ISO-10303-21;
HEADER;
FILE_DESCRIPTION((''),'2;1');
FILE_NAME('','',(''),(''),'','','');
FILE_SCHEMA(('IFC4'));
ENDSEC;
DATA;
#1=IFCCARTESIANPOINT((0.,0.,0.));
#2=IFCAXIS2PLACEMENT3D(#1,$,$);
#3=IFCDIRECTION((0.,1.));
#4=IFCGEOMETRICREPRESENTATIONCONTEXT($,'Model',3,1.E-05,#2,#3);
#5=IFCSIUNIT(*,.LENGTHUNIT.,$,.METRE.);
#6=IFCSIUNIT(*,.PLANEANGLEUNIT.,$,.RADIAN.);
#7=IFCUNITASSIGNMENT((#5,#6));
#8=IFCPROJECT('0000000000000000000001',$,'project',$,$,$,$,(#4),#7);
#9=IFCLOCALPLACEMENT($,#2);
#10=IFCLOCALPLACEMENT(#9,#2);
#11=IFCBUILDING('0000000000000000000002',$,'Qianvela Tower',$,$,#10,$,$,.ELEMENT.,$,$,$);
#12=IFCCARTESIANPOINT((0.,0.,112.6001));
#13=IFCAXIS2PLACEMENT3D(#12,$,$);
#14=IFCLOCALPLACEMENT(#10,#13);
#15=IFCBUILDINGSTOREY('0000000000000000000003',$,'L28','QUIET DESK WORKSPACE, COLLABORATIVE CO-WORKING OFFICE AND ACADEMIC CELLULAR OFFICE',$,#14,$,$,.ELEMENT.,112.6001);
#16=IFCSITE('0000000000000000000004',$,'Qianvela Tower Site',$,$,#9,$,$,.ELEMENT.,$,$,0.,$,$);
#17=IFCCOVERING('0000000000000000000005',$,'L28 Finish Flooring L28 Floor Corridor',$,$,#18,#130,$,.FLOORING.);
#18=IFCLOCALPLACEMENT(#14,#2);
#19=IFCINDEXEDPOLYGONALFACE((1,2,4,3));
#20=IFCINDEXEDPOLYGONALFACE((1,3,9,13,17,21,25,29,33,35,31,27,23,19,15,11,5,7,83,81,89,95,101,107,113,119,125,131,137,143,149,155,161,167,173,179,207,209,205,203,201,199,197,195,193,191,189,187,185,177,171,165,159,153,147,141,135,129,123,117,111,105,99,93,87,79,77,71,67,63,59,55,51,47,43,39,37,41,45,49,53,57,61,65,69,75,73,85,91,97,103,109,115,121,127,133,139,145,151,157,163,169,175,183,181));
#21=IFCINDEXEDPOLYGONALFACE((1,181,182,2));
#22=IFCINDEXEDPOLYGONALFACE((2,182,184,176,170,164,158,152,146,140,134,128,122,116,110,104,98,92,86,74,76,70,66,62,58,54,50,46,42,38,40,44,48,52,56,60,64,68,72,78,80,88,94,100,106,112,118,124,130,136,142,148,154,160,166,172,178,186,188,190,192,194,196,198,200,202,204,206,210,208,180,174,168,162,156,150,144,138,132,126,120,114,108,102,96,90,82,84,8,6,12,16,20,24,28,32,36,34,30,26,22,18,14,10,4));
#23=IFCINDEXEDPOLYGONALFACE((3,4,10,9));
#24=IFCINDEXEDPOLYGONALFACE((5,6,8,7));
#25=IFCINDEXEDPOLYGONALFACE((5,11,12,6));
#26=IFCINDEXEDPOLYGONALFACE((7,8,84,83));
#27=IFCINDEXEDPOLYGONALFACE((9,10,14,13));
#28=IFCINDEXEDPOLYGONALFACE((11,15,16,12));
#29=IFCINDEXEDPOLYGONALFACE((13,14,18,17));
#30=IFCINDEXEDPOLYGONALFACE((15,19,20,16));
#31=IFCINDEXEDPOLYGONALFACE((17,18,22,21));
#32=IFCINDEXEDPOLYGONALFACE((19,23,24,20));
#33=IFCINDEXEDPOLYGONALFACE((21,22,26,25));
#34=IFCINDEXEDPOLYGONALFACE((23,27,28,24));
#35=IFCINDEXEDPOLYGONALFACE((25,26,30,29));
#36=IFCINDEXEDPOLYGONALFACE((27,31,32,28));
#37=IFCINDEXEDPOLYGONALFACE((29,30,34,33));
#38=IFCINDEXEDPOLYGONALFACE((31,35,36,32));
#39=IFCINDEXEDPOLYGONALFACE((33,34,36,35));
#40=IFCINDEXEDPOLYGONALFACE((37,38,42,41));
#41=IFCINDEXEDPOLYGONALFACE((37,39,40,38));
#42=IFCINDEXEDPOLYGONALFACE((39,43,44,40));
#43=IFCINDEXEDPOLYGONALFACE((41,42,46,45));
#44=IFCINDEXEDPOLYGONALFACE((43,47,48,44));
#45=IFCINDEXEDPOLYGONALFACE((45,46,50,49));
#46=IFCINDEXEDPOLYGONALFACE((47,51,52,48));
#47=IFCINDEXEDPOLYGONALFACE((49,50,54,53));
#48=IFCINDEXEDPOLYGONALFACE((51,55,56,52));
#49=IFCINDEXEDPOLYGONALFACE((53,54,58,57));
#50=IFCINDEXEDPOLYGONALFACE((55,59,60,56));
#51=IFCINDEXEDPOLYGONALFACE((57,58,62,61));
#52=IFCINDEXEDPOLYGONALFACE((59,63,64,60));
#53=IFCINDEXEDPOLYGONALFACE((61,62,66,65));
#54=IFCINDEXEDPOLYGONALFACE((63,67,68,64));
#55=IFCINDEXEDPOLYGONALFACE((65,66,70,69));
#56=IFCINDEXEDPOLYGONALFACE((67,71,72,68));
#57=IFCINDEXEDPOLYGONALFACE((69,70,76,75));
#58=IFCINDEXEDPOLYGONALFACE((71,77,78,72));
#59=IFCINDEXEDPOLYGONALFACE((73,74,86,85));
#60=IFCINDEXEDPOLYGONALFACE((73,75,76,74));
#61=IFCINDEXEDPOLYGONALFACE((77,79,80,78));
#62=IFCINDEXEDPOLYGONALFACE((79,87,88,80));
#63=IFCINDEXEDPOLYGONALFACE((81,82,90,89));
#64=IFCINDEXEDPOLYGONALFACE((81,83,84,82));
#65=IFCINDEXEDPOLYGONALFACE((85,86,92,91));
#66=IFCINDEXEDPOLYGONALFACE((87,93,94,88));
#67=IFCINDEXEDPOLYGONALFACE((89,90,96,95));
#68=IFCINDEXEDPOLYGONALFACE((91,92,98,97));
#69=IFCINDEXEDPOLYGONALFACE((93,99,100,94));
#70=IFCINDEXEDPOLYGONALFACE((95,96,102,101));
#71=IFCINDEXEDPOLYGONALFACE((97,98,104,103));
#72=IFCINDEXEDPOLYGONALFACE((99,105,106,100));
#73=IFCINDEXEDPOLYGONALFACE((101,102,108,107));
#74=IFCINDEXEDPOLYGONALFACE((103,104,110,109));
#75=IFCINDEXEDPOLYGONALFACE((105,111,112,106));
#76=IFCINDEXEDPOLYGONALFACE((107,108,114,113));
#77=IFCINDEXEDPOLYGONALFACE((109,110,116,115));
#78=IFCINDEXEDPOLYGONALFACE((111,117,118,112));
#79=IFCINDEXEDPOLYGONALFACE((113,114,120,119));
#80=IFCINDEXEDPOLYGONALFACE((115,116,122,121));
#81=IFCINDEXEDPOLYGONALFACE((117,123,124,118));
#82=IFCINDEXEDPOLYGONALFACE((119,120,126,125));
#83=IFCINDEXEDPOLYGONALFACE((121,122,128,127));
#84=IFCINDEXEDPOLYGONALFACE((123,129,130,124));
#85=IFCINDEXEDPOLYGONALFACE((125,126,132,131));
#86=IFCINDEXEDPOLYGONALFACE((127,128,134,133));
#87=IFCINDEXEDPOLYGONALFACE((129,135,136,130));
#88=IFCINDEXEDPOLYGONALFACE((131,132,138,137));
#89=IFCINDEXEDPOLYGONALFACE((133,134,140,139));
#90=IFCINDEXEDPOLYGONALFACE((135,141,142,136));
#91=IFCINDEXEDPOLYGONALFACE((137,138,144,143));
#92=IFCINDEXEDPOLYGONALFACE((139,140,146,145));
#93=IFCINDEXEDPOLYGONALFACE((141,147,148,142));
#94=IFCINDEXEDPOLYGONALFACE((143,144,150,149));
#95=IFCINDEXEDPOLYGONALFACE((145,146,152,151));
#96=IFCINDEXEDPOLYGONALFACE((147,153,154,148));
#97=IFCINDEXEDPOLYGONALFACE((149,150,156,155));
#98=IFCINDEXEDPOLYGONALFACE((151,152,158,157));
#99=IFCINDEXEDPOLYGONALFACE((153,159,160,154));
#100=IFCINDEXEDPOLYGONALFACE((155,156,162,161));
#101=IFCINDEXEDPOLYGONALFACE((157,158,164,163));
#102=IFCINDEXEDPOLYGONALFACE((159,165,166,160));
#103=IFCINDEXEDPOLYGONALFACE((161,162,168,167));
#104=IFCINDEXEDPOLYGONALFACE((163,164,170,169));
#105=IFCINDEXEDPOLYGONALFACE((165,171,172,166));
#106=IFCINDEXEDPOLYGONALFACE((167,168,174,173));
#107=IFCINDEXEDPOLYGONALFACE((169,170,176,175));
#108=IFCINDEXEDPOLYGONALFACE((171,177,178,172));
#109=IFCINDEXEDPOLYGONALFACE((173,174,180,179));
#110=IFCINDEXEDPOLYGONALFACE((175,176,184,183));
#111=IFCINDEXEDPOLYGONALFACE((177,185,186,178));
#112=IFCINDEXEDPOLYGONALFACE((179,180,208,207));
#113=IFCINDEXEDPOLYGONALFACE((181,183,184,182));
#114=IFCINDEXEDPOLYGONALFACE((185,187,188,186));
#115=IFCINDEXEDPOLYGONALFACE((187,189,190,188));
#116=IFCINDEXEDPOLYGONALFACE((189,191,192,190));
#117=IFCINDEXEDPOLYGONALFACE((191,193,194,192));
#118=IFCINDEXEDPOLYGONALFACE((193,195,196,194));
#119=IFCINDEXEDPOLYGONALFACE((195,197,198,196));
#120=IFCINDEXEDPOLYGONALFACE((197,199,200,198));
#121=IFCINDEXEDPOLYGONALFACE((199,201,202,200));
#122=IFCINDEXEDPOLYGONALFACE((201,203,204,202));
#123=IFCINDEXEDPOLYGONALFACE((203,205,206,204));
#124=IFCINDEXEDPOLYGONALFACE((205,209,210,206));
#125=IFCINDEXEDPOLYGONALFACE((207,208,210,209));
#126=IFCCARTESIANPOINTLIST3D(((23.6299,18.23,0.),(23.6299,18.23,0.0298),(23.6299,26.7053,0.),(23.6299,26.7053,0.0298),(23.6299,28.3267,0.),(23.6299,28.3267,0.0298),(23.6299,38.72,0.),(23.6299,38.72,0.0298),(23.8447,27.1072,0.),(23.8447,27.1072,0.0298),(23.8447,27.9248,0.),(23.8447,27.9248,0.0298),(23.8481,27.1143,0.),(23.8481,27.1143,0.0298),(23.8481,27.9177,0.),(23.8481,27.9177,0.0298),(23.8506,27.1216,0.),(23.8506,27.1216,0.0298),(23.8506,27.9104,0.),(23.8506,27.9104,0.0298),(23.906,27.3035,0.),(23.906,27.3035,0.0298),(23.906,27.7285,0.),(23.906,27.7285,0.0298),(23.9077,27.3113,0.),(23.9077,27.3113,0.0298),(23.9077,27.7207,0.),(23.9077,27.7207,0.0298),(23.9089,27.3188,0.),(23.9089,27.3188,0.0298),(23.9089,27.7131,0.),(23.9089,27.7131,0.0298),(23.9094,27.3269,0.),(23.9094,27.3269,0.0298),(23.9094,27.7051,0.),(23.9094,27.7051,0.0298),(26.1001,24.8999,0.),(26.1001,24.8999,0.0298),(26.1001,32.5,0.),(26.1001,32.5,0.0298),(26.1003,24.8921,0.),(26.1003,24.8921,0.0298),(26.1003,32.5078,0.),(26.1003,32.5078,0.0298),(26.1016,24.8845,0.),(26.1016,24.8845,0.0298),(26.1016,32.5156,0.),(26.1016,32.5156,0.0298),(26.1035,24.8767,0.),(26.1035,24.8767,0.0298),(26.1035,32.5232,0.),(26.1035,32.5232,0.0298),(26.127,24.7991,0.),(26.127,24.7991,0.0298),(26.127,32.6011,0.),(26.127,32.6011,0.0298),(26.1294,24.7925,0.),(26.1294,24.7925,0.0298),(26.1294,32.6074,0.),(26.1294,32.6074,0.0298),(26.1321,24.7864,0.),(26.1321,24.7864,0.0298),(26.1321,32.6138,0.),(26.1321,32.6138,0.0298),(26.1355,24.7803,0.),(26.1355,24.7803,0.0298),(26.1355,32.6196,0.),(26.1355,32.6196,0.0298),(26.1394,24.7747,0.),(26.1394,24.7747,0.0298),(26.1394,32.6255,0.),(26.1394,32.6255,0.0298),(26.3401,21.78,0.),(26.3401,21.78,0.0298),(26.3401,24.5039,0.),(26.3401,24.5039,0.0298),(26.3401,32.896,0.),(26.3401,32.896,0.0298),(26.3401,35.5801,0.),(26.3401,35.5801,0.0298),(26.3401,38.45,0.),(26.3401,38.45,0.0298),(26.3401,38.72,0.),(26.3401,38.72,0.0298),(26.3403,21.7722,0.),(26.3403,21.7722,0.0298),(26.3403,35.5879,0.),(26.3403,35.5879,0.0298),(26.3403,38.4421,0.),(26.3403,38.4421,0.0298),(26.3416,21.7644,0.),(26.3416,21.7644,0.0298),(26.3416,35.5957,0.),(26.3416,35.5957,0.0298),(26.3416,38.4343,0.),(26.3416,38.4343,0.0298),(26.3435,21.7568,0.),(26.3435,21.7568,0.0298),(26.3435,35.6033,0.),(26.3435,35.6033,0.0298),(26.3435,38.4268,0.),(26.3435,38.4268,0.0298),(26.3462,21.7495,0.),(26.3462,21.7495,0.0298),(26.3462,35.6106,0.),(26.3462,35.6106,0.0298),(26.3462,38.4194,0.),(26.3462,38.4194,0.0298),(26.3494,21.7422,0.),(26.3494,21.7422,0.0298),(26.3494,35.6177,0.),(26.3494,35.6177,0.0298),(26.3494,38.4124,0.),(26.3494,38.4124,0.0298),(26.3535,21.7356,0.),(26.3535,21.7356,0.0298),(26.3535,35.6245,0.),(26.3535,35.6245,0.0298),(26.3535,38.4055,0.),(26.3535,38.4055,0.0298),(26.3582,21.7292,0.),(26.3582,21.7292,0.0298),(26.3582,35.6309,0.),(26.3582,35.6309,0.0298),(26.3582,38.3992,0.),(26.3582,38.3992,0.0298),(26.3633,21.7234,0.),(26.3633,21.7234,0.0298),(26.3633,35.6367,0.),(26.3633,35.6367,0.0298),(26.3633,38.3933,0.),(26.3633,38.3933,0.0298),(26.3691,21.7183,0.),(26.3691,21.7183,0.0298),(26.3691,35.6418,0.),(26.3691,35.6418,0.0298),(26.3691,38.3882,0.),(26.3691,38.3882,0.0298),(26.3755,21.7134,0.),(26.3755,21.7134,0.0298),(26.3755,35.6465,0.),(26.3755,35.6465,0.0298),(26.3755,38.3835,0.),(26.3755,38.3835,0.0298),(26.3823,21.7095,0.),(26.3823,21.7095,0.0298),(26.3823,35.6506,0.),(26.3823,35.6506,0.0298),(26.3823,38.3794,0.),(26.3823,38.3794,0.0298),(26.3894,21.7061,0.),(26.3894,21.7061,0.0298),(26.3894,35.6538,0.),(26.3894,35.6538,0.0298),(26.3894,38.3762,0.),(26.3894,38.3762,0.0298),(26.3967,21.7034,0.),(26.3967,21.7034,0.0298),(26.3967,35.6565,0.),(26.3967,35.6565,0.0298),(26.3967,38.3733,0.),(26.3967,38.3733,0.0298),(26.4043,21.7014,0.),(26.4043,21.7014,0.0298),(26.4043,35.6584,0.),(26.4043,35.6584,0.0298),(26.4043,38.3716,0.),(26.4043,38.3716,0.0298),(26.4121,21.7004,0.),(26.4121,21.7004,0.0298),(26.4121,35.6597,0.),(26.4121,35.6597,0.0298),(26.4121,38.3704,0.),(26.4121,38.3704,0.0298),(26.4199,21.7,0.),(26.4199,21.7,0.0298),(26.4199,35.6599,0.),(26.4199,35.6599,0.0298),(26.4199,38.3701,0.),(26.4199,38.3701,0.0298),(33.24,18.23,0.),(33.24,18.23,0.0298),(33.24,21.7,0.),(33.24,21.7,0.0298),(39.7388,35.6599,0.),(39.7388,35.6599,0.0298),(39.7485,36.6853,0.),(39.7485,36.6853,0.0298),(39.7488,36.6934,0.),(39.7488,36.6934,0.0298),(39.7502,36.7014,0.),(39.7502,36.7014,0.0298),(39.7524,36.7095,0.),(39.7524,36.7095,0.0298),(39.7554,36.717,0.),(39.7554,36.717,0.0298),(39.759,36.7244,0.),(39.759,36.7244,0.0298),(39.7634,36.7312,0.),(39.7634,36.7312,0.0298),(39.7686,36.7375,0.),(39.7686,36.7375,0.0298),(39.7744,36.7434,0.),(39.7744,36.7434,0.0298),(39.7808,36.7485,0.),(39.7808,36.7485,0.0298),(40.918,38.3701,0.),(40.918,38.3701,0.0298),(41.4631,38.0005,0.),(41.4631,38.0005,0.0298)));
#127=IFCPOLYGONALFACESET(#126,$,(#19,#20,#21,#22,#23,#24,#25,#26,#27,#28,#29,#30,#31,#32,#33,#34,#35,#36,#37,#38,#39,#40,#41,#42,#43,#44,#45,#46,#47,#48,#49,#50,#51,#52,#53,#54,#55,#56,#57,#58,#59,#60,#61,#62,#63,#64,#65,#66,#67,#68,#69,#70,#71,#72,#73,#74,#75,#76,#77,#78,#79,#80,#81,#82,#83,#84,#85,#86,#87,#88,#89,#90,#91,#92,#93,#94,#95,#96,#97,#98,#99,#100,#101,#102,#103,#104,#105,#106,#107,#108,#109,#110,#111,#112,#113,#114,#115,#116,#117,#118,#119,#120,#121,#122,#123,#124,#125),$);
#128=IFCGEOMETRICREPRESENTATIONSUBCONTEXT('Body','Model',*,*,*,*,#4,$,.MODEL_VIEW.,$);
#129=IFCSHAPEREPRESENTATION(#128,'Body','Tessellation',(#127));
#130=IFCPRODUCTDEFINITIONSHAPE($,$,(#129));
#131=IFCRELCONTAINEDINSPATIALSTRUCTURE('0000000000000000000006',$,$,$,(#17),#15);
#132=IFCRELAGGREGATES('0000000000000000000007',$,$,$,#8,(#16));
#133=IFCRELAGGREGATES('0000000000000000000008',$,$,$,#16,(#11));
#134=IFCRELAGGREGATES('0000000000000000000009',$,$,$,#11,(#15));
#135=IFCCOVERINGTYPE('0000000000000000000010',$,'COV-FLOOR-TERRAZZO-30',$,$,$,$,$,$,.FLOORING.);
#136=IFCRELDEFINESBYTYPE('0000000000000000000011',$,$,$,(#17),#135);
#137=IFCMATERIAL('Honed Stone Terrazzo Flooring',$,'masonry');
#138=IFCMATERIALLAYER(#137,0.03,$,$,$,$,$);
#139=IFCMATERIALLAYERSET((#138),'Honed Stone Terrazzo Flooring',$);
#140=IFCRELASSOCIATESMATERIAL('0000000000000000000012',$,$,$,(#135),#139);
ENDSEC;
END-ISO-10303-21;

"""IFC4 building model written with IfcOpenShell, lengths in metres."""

from ifc_helpers import new_model, si_unit, direction, frame, origin, place, context, subcontext, project, spatial, polyline, outline, extrude, material, layer, layer_set, type_object, element, save


model = new_model("IFC4")

# Units and contexts
model_context = context("Model", 3, precision=1e-05, world=origin(), true_north=direction((0.0, 1.0)))
body_context = subcontext(model_context, "Body", "Model", "MODEL_VIEW")
ifc_project = project(units=[si_unit("LENGTHUNIT", "METRE"), si_unit("PLANEANGLEUNIT", "RADIAN")], contexts=[model_context])

# Site, building, storey
site_placement = place(None, origin())
site = spatial("IfcSite", under=ifc_project, at=site_placement, Name="Qianvela Tower Site", CompositionType="ELEMENT", RefElevation=0.0)
building_placement = place(site_placement, origin())
building = spatial("IfcBuilding", under=site, at=building_placement, Name="Qianvela Tower", CompositionType="ELEMENT")
storey_placement = place(building_placement, frame((0.0, 0.0, 112.6001)))
storey = spatial("IfcBuildingStorey", under=building, at=storey_placement, Name="L28", Description="QUIET DESK WORKSPACE, COLLABORATIVE CO-WORKING OFFICE AND ACADEMIC CELLULAR OFFICE", CompositionType="ELEMENT", Elevation=112.6001)

# Covering
ifc_material_1 = material(Name="Honed Stone Terrazzo Flooring", Category="masonry")
ifc_layer_1 = layer(ifc_material_1, 0.03)
ifc_layer_set_1 = layer_set([ifc_layer_1], Name="Honed Stone Terrazzo Flooring")
covering_type_1 = type_object("IfcCoveringType", Name="COV-FLOOR-TERRAZZO-30", PredefinedType="FLOORING", material=ifc_layer_set_1)
covering_1_placement = place(storey_placement, origin())
element("IfcCovering", 1, at=covering_1_placement, inside=storey, type_object=covering_type_1, Name="L28 Finish Flooring L28 Floor Corridor", PredefinedType="FLOORING", context=body_context, shape_type="SweptSolid", body=[
    extrude(outline(polyline([(23.8506, 27.9104), (23.8481, 27.9177), (23.8447, 27.9248), (23.6299, 28.3267), (23.6299, 38.72), (26.3401, 38.72), (26.3401, 38.45), (26.3403, 38.4421), (26.3416, 38.4343), (26.3435, 38.4268), (26.3462, 38.4194), (26.3494, 38.4124), (26.3535, 38.4055), (26.3582, 38.3992), (26.3633, 38.3933), (26.3691, 38.3882), (26.3755, 38.3835), (26.3823, 38.3794), (26.3894, 38.3762), (26.3967, 38.3733), (26.4043, 38.3716), (26.4121, 38.3704), (26.4199, 38.3701), (40.918, 38.3701), (41.4631, 38.0005), (39.7808, 36.7485), (39.7744, 36.7434), (39.7686, 36.7375), (39.7634, 36.7312), (39.759, 36.7244), (39.7554, 36.717), (39.7524, 36.7095), (39.7502, 36.7014), (39.7488, 36.6934), (39.7485, 36.6853), (39.7388, 35.6599), (26.4199, 35.6599), (26.4121, 35.6597), (26.4043, 35.6584), (26.3967, 35.6565), (26.3894, 35.6538), (26.3823, 35.6506), (26.3755, 35.6465), (26.3691, 35.6418), (26.3633, 35.6367), (26.3582, 35.6309), (26.3535, 35.6245), (26.3494, 35.6177), (26.3462, 35.6106), (26.3435, 35.6033), (26.3416, 35.5957), (26.3403, 35.5879), (26.3401, 35.5801), (26.3401, 32.896), (26.1394, 32.6255), (26.1355, 32.6196), (26.1321, 32.6138), (26.1294, 32.6074), (26.127, 32.6011), (26.1035, 32.5232), (26.1016, 32.5156), (26.1003, 32.5078), (26.1001, 32.5), (26.1001, 24.8999), (26.1003, 24.8921), (26.1016, 24.8845), (26.1035, 24.8767), (26.127, 24.7991), (26.1294, 24.7925), (26.1321, 24.7864), (26.1355, 24.7803), (26.1394, 24.7747), (26.3401, 24.5039), (26.3401, 21.78), (26.3403, 21.7722), (26.3416, 21.7644), (26.3435, 21.7568), (26.3462, 21.7495), (26.3494, 21.7422), (26.3535, 21.7356), (26.3582, 21.7292), (26.3633, 21.7234), (26.3691, 21.7183), (26.3755, 21.7134), (26.3823, 21.7095), (26.3894, 21.7061), (26.3967, 21.7034), (26.4043, 21.7014), (26.4121, 21.7004), (26.4199, 21.7), (33.24, 21.7), (33.24, 18.23), (23.6299, 18.23), (23.6299, 26.7053), (23.8447, 27.1072), (23.8481, 27.1143), (23.8506, 27.1216), (23.906, 27.3035), (23.9077, 27.3113), (23.9089, 27.3188), (23.9094, 27.3269), (23.9094, 27.7051), (23.9089, 27.7131), (23.9077, 27.7207), (23.906, 27.7285), (23.8506, 27.9104)])), origin(), (0.0, 0.0, 1.0), 0.0298),
])

save(model, "model.ifc")
